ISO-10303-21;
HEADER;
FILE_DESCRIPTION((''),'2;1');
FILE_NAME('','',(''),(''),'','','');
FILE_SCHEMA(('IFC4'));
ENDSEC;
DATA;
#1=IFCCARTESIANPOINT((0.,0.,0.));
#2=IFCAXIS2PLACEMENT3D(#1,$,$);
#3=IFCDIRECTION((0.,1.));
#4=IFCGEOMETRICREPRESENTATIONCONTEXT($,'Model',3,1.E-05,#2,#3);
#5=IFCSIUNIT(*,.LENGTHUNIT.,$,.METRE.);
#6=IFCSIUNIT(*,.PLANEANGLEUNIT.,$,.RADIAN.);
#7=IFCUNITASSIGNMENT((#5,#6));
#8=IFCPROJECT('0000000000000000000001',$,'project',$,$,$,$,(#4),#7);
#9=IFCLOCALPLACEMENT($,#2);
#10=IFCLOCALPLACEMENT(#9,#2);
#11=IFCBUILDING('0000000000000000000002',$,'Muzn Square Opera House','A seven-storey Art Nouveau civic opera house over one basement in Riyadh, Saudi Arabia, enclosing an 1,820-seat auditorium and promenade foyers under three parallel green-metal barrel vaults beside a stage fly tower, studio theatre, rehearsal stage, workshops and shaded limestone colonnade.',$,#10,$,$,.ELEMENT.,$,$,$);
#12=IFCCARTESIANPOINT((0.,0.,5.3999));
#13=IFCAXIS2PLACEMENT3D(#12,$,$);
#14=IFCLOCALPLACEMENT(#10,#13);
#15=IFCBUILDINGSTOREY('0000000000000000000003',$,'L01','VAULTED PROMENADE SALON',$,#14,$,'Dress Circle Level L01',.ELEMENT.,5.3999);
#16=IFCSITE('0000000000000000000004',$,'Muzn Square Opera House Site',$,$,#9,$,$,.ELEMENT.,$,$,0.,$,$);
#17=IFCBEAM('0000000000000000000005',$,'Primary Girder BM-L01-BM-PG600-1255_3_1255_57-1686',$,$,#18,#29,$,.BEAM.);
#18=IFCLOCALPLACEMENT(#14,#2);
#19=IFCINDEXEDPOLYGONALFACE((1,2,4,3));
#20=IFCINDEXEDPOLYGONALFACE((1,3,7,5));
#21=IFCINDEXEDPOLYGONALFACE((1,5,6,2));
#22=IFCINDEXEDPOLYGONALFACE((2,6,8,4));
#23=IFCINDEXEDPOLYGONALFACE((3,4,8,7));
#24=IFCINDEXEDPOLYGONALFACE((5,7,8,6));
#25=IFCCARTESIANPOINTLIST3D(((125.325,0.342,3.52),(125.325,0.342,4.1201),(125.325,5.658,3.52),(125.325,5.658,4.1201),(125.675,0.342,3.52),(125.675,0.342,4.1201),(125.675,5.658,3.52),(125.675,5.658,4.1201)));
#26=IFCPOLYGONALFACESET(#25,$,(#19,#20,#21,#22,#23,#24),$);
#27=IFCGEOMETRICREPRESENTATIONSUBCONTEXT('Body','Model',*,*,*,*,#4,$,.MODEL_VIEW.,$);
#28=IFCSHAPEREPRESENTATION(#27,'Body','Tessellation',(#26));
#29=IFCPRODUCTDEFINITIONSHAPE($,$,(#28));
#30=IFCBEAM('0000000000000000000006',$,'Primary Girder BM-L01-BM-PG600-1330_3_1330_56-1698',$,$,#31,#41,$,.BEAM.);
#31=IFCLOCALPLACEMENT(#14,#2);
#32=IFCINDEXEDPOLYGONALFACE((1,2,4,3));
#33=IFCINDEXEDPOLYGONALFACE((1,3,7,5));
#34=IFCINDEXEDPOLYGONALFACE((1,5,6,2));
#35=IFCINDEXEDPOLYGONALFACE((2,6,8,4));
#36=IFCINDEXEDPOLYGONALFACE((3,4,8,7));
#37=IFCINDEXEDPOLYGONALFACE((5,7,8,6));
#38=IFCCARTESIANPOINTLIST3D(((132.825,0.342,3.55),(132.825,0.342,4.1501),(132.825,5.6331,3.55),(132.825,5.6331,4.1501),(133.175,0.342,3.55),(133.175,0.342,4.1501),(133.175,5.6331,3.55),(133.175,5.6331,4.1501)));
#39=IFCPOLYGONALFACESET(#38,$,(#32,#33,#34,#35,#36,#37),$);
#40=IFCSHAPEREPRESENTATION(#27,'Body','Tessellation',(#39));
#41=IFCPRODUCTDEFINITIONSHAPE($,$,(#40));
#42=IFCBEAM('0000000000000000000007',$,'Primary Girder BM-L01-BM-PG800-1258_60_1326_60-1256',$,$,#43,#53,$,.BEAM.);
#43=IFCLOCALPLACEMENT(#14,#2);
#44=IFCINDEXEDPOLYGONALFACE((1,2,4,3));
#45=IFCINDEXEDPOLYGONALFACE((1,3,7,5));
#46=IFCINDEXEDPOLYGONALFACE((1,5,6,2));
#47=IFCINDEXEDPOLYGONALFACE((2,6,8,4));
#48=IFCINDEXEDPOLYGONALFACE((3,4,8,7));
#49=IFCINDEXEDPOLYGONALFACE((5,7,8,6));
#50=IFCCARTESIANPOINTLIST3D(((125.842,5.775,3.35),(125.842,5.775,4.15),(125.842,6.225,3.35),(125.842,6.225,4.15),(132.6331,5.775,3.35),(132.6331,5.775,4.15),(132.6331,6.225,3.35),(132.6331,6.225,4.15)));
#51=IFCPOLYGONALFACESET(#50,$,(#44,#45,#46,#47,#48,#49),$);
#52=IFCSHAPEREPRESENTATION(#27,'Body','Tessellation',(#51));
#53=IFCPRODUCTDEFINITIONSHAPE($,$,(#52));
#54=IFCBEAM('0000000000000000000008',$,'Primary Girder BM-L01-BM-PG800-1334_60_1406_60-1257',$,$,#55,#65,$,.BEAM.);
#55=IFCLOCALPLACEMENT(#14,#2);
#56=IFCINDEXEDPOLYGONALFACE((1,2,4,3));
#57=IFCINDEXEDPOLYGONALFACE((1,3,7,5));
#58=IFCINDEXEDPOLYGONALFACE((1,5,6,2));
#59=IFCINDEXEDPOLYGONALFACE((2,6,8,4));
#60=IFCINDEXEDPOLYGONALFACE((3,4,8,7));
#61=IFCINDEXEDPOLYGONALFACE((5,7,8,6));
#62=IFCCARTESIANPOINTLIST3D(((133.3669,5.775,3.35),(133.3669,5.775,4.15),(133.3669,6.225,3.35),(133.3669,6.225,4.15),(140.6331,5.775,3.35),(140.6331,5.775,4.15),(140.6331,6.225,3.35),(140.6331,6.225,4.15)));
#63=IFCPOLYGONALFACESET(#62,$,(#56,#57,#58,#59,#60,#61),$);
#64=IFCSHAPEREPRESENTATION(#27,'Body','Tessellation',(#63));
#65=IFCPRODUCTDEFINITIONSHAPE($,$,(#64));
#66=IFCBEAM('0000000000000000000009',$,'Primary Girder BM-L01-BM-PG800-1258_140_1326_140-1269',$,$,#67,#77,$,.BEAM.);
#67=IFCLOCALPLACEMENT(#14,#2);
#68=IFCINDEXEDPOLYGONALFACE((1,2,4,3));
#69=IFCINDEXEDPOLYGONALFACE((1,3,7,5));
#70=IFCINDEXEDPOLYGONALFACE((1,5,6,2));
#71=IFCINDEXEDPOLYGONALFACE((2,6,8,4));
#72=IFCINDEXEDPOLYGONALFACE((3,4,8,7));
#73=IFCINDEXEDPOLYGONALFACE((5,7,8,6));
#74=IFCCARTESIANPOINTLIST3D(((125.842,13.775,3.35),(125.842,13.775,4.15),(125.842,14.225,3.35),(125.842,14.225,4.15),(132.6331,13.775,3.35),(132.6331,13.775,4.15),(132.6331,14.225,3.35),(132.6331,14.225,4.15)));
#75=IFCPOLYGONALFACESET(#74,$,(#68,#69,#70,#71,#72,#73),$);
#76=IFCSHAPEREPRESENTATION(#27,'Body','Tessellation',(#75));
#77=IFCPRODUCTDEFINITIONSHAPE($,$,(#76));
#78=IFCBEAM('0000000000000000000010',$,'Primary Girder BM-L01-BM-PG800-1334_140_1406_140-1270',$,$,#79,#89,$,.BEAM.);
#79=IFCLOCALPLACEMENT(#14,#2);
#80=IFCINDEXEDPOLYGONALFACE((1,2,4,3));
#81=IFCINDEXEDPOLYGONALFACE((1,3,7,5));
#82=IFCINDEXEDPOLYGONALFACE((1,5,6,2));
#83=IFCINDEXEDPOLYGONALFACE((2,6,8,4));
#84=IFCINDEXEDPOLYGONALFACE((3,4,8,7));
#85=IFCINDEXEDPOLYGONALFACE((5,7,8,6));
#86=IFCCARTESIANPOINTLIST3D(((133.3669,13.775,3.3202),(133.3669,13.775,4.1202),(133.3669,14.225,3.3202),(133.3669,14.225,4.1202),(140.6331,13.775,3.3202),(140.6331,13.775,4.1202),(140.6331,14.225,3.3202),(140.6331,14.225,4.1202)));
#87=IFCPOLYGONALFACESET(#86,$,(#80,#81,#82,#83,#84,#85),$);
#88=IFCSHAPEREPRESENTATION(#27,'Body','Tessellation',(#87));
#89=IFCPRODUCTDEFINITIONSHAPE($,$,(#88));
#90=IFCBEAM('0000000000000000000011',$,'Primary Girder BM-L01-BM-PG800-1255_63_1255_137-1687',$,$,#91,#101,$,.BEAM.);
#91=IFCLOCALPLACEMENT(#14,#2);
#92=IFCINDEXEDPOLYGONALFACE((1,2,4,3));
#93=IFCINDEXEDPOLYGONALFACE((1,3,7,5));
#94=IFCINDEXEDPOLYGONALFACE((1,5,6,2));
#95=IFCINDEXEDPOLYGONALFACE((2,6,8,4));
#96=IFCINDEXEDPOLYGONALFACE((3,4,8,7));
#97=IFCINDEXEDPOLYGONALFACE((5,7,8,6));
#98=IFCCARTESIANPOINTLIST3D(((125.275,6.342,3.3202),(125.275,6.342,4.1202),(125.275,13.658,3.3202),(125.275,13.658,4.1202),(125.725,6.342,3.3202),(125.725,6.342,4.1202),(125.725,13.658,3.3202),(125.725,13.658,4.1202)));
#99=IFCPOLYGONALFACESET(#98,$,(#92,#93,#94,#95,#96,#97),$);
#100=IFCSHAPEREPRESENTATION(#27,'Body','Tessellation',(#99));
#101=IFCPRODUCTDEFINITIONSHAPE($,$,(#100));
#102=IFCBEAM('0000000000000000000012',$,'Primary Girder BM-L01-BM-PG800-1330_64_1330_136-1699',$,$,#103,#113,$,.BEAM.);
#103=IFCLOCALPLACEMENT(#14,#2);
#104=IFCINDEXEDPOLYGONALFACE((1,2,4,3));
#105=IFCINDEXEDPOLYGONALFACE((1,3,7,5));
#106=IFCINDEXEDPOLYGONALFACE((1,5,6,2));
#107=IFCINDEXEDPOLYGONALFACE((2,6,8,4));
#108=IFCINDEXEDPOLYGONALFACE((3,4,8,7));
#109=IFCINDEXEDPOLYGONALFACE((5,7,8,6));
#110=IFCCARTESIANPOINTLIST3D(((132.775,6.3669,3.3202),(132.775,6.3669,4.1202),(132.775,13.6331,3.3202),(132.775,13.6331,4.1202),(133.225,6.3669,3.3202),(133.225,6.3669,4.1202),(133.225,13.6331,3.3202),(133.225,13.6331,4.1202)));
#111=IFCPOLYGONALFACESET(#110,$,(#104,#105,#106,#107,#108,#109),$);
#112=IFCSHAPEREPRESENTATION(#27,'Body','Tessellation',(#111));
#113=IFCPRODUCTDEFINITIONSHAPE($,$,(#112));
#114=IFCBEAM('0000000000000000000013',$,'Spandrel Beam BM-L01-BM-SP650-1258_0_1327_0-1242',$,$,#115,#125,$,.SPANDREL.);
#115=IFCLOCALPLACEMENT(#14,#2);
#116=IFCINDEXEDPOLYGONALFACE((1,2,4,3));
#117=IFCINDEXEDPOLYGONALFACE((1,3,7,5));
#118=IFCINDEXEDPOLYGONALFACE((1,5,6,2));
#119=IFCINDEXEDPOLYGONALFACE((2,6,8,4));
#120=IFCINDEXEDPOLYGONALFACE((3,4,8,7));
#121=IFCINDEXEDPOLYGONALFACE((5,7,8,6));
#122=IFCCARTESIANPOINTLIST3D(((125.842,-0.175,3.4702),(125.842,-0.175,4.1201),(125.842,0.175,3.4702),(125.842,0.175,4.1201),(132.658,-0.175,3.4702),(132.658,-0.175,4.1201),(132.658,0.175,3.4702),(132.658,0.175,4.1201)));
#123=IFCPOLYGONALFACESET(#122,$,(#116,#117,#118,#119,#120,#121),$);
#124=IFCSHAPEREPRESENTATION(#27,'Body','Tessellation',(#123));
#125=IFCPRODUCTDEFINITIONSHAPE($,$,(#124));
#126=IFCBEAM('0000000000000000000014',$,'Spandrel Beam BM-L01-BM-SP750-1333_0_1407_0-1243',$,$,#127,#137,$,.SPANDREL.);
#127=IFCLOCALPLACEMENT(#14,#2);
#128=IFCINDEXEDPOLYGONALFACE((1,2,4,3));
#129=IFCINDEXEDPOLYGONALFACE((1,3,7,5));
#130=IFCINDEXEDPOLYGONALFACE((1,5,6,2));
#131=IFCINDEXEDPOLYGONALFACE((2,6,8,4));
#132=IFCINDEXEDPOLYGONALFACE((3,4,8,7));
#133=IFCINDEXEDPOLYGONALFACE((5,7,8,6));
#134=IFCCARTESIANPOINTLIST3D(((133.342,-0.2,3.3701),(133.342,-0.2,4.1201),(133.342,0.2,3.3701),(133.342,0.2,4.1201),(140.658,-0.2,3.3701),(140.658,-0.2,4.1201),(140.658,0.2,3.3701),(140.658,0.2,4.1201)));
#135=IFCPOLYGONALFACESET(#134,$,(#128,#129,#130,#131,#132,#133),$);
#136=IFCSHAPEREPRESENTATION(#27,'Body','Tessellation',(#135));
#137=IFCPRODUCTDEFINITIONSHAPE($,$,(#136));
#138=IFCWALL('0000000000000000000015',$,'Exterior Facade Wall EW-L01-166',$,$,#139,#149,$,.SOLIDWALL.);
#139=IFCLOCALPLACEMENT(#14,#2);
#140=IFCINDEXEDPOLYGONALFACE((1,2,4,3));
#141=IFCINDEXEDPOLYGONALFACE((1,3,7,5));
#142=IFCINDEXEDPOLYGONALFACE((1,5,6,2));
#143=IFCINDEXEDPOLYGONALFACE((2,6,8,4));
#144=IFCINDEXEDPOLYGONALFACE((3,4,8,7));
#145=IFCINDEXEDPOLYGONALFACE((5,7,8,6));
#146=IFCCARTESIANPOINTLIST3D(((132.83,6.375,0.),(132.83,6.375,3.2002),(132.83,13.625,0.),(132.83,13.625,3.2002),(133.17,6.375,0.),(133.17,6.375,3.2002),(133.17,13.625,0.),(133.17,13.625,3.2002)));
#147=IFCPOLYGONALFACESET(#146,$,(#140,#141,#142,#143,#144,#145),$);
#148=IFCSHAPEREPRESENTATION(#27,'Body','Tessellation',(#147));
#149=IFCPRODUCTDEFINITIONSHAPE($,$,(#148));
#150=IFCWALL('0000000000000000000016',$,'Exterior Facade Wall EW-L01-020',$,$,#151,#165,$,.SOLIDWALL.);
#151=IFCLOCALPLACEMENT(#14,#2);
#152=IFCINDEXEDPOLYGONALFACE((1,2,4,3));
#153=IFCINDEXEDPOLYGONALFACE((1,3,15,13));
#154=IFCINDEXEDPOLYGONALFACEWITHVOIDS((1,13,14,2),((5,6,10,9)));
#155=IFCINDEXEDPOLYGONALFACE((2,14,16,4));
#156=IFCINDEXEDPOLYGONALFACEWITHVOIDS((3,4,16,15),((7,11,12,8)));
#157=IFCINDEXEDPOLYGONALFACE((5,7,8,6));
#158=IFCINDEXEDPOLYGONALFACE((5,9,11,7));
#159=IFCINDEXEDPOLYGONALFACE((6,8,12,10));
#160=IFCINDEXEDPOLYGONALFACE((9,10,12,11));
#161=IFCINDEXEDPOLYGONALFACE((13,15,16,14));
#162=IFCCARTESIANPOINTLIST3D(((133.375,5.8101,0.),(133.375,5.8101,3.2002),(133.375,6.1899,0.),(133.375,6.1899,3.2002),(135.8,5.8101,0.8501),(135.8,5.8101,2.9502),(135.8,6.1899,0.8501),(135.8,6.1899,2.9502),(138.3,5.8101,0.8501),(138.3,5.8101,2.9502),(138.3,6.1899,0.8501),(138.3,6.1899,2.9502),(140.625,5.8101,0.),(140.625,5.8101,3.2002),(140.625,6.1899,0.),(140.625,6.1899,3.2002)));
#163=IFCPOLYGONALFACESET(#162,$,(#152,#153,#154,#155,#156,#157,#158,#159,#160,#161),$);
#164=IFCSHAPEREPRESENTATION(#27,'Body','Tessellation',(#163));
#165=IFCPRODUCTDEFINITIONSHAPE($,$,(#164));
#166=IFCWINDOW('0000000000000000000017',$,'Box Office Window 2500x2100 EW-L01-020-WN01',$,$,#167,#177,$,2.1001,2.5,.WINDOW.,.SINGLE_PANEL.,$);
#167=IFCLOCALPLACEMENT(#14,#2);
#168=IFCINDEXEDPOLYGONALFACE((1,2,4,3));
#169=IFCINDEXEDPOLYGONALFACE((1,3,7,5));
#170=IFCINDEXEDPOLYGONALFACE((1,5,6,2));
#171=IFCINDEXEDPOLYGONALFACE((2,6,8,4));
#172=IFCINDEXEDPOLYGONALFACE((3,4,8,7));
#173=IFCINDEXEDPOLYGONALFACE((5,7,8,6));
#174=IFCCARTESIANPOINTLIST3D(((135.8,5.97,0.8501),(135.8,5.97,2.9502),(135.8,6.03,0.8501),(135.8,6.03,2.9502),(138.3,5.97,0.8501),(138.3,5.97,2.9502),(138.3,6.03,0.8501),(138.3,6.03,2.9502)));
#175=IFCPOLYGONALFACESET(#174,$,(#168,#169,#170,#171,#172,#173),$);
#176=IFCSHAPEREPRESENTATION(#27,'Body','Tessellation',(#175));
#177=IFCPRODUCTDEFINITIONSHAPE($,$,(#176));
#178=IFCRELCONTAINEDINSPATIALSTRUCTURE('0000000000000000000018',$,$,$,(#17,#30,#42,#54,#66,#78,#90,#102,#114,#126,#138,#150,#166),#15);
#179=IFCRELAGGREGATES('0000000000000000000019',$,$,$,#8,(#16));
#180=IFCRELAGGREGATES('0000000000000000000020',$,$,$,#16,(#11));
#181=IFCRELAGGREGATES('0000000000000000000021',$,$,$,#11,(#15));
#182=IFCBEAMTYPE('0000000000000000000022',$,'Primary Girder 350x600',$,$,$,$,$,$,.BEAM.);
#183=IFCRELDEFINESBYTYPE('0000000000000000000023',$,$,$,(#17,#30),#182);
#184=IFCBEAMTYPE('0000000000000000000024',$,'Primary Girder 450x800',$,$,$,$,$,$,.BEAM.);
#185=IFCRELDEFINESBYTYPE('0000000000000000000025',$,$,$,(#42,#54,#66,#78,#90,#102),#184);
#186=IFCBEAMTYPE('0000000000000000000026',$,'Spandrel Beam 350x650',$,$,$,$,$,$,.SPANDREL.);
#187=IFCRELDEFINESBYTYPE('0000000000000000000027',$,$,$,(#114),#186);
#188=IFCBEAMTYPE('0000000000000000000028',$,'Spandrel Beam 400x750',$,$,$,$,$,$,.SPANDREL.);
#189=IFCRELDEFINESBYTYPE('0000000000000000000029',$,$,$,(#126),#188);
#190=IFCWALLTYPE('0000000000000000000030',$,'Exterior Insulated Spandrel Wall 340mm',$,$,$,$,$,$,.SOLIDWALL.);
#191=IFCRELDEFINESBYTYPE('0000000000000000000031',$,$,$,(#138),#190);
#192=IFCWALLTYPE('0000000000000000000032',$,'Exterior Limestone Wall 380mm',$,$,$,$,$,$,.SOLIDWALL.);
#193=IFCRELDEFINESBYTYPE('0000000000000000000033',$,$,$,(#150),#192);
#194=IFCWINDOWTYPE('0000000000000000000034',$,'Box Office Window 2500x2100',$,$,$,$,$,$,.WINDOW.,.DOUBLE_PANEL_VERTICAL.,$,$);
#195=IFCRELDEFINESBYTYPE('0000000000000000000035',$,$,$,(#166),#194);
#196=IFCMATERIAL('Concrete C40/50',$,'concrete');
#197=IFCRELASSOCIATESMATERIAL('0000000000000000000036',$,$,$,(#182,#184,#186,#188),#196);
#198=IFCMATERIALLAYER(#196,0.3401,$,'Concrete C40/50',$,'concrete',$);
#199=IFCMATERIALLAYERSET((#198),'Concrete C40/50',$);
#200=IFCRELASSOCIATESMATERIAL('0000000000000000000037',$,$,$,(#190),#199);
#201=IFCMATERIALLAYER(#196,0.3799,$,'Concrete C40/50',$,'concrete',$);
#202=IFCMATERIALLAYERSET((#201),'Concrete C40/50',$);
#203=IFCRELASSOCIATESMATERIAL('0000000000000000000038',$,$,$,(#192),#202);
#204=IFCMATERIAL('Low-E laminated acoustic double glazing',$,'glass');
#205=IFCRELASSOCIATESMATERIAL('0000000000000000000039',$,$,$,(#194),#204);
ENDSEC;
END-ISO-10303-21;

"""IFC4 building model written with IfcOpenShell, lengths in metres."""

from ifc_helpers import new_model, si_unit, direction, frame, frame_2d, origin, origin_2d, place, context, subcontext, project, spatial, rectangle, extrude, material, layer, layer_set, material_profile, profile_set, type_object, element, fill, save


model = new_model("IFC4")

# Units and contexts
model_context = context("Model", 3, precision=1e-05, world=origin(), true_north=direction((0.0, 1.0)))
body_context = subcontext(model_context, "Body", "Model", "MODEL_VIEW")
ifc_project = project(units=[si_unit("LENGTHUNIT", "METRE"), si_unit("PLANEANGLEUNIT", "RADIAN")], contexts=[model_context])

# Site, building, storey
site_placement = place(None, origin())
site = spatial("IfcSite", under=ifc_project, at=site_placement, Name="Muzn Square Opera House Site", CompositionType="ELEMENT", RefElevation=0.0)
building_placement = place(site_placement, origin())
building = spatial("IfcBuilding", under=site, at=building_placement, Name="Muzn Square Opera House", Description="A seven-storey Art Nouveau civic opera house over one basement in Riyadh, Saudi Arabia, enclosing an 1,820-seat auditorium and promenade foyers under three parallel green-metal barrel vaults beside a stage fly tower, studio theatre, rehearsal stage, workshops and shaded limestone colonnade.", CompositionType="ELEMENT")
storey_placement = place(building_placement, frame((0.0, 0.0, 5.3999)))
storey = spatial("IfcBuildingStorey", under=building, at=storey_placement, Name="L01", Description="VAULTED PROMENADE SALON", LongName="Dress Circle Level L01", CompositionType="ELEMENT", Elevation=5.3999)

# Beams
ifc_material_1 = material(Name="Concrete C40/50", Category="concrete")
ifc_material_profile_1 = material_profile(ifc_material_1, rectangle(XDim=0.3501, YDim=0.6001, at=origin_2d()), Name="RCB 350x600", Category="concrete")
ifc_profile_set_1 = profile_set([ifc_material_profile_1], Name="Concrete C40/50")
beam_type_1 = type_object("IfcBeamType", Name="Primary Girder 350x600", PredefinedType="BEAM", material=ifc_profile_set_1)
beam_1_placement = place(storey_placement, frame((125.5, 0.342, 3.8201), z_axis=(0.0, 1.0, 0.0), x_axis=(-1.0, 0.0, 0.0)))
element("IfcBeam", 1, at=beam_1_placement, inside=storey, type_object=beam_type_1, Name="Primary Girder BM-L01-BM-PG600-1255_3_1255_57-1686", PredefinedType="BEAM", context=body_context, shape_type="SweptSolid", body=[
    extrude(rectangle(XDim=0.3501, YDim=0.6001, at=origin_2d()), origin(), (0.0, 0.0, 1.0), 5.3159),
])
beam_2_placement = place(storey_placement, frame((133.0, 0.342, 3.8501), z_axis=(0.0, 1.0, 0.0), x_axis=(-1.0, 0.0, 0.0)))
element("IfcBeam", 2, at=beam_2_placement, inside=storey, type_object=beam_type_1, Name="Primary Girder BM-L01-BM-PG600-1330_3_1330_56-1698", PredefinedType="BEAM", context=body_context, shape_type="SweptSolid", body=[
    extrude(rectangle(XDim=0.3501, YDim=0.6001, at=origin_2d()), origin(), (0.0, 0.0, 1.0), 5.291),
])
ifc_material_profile_2 = material_profile(ifc_material_1, rectangle(XDim=0.45, YDim=0.8, at=origin_2d()), Name="RCB 450x800", Category="concrete")
ifc_profile_set_2 = profile_set([ifc_material_profile_2], Name="Concrete C40/50")
beam_type_2 = type_object("IfcBeamType", Name="Primary Girder 450x800", PredefinedType="BEAM", material=ifc_profile_set_2)
beam_3_placement = place(storey_placement, frame((125.842, 6.0, 3.75), z_axis=(1.0, 0.0, 0.0), x_axis=(0.0, 1.0, 0.0)))
element("IfcBeam", 3, at=beam_3_placement, inside=storey, type_object=beam_type_2, Name="Primary Girder BM-L01-BM-PG800-1258_60_1326_60-1256", PredefinedType="BEAM", context=body_context, shape_type="SweptSolid", body=[
    extrude(rectangle(XDim=0.45, YDim=0.8, at=origin_2d()), origin(), (0.0, 0.0, 1.0), 6.791),
])
beam_4_placement = place(storey_placement, frame((133.3669, 6.0, 3.75), z_axis=(1.0, 0.0, 0.0), x_axis=(0.0, 1.0, 0.0)))
element("IfcBeam", 4, at=beam_4_placement, inside=storey, type_object=beam_type_2, Name="Primary Girder BM-L01-BM-PG800-1334_60_1406_60-1257", PredefinedType="BEAM", context=body_context, shape_type="SweptSolid", body=[
    extrude(rectangle(XDim=0.45, YDim=0.8, at=origin_2d()), origin(), (0.0, 0.0, 1.0), 7.2661),
])
beam_5_placement = place(storey_placement, frame((125.842, 14.0, 3.75), z_axis=(1.0, 0.0, 0.0), x_axis=(0.0, 1.0, 0.0)))
element("IfcBeam", 5, at=beam_5_placement, inside=storey, type_object=beam_type_2, Name="Primary Girder BM-L01-BM-PG800-1258_140_1326_140-1269", PredefinedType="BEAM", context=body_context, shape_type="SweptSolid", body=[
    extrude(rectangle(XDim=0.45, YDim=0.8, at=origin_2d()), origin(), (0.0, 0.0, 1.0), 6.791),
])
beam_6_placement = place(storey_placement, frame((133.3669, 14.0, 3.7202), z_axis=(1.0, 0.0, 0.0), x_axis=(0.0, 1.0, 0.0)))
element("IfcBeam", 6, at=beam_6_placement, inside=storey, type_object=beam_type_2, Name="Primary Girder BM-L01-BM-PG800-1334_140_1406_140-1270", PredefinedType="BEAM", context=body_context, shape_type="SweptSolid", body=[
    extrude(rectangle(XDim=0.45, YDim=0.8, at=origin_2d()), origin(), (0.0, 0.0, 1.0), 7.2661),
])
beam_7_placement = place(storey_placement, frame((125.5, 6.342, 3.7202), z_axis=(0.0, 1.0, 0.0), x_axis=(-1.0, 0.0, 0.0)))
element("IfcBeam", 7, at=beam_7_placement, inside=storey, type_object=beam_type_2, Name="Primary Girder BM-L01-BM-PG800-1255_63_1255_137-1687", PredefinedType="BEAM", context=body_context, shape_type="SweptSolid", body=[
    extrude(rectangle(XDim=0.45, YDim=0.8, at=origin_2d()), origin(), (0.0, 0.0, 1.0), 7.3159),
])
beam_8_placement = place(storey_placement, frame((133.0, 6.3669, 3.7202), z_axis=(0.0, 1.0, 0.0), x_axis=(-1.0, 0.0, 0.0)))
element("IfcBeam", 8, at=beam_8_placement, inside=storey, type_object=beam_type_2, Name="Primary Girder BM-L01-BM-PG800-1330_64_1330_136-1699", PredefinedType="BEAM", context=body_context, shape_type="SweptSolid", body=[
    extrude(rectangle(XDim=0.45, YDim=0.8, at=origin_2d()), origin(), (0.0, 0.0, 1.0), 7.2661),
])
ifc_material_profile_3 = material_profile(ifc_material_1, rectangle(XDim=0.3501, YDim=0.6499, at=origin_2d()), Name="RCS 350x650", Category="concrete")
ifc_profile_set_3 = profile_set([ifc_material_profile_3], Name="Concrete C40/50")
beam_type_3 = type_object("IfcBeamType", Name="Spandrel Beam 350x650", PredefinedType="SPANDREL", material=ifc_profile_set_3)
beam_9_placement = place(storey_placement, frame((125.842, 0.0, 3.7952), z_axis=(1.0, 0.0, 0.0), x_axis=(0.0, 1.0, 0.0)))
element("IfcBeam", 9, at=beam_9_placement, inside=storey, type_object=beam_type_3, Name="Spandrel Beam BM-L01-BM-SP650-1258_0_1327_0-1242", PredefinedType="SPANDREL", context=body_context, shape_type="SweptSolid", body=[
    extrude(rectangle(XDim=0.3501, YDim=0.6499, at=origin_2d()), origin(), (0.0, 0.0, 1.0), 6.8159),
])
ifc_material_profile_4 = material_profile(ifc_material_1, rectangle(XDim=0.3999, YDim=0.75, at=origin_2d()), Name="RCS 400x750", Category="concrete")
ifc_profile_set_4 = profile_set([ifc_material_profile_4], Name="Concrete C40/50")
beam_type_4 = type_object("IfcBeamType", Name="Spandrel Beam 400x750", PredefinedType="SPANDREL", material=ifc_profile_set_4)
beam_10_placement = place(storey_placement, frame((133.342, 0.0, 3.7451), z_axis=(1.0, 0.0, 0.0), x_axis=(0.0, 1.0, 0.0)))
element("IfcBeam", 10, at=beam_10_placement, inside=storey, type_object=beam_type_4, Name="Spandrel Beam BM-L01-BM-SP750-1333_0_1407_0-1243", PredefinedType="SPANDREL", context=body_context, shape_type="SweptSolid", body=[
    extrude(rectangle(XDim=0.3999, YDim=0.75, at=origin_2d()), origin(), (0.0, 0.0, 1.0), 7.3159),
])

# Wall
ifc_layer_1 = layer(ifc_material_1, 0.3401, Name="Concrete C40/50", Category="concrete")
ifc_layer_set_1 = layer_set([ifc_layer_1], Name="Concrete C40/50")
wall_type_1 = type_object("IfcWallType", Name="Exterior Insulated Spandrel Wall 340mm", PredefinedType="SOLIDWALL", material=ifc_layer_set_1)
wall_1_placement = place(storey_placement, frame((133.0, 6.375, 0.0), z_axis=(0.0, 0.0, 1.0), x_axis=(0.0, 1.0, 0.0)))
element("IfcWall", 11, at=wall_1_placement, inside=storey, type_object=wall_type_1, Name="Exterior Facade Wall EW-L01-166", PredefinedType="SOLIDWALL", context=body_context, shape_type="SweptSolid", body=[
    extrude(rectangle(XDim=7.25, YDim=0.3401, at=frame_2d((3.625, 0.0))), origin(), (0.0, 0.0, 1.0), 3.2002),
])

# Wall, opening, window
ifc_layer_2 = layer(ifc_material_1, 0.3799, Name="Concrete C40/50", Category="concrete")
ifc_layer_set_2 = layer_set([ifc_layer_2], Name="Concrete C40/50")
wall_type_2 = type_object("IfcWallType", Name="Exterior Limestone Wall 380mm", PredefinedType="SOLIDWALL", material=ifc_layer_set_2)
wall_2_placement = place(storey_placement, frame((133.375, 6.0, 0.0), z_axis=(0.0, 0.0, 1.0), x_axis=(1.0, 0.0, 0.0)))
wall_2 = element("IfcWall", 12, at=wall_2_placement, inside=storey, type_object=wall_type_2, Name="Exterior Facade Wall EW-L01-020", PredefinedType="SOLIDWALL", context=body_context, shape_type="SweptSolid", body=[
    extrude(rectangle(XDim=7.25, YDim=0.3799, at=frame_2d((3.625, 0.0))), origin(), (0.0, 0.0, 1.0), 3.2002),
])
opening_placement = place(wall_2_placement, frame((2.425, 0.0, 0.8501)))
opening = element("IfcOpeningElement", 13, at=opening_placement, cuts=wall_2, PredefinedType="OPENING", context=body_context, shape_type="SweptSolid", body=[
    extrude(rectangle(XDim=2.5, YDim=2.1001, at=frame_2d((1.25, 1.05))), frame((0.0, 0.2, 0.0), z_axis=(0.0, -1.0, 0.0), x_axis=(1.0, 0.0, 0.0)), (0.0, 0.0, 1.0), 0.3999),
])
ifc_material_2 = material(Name="Low-E laminated acoustic double glazing", Category="glass")
window_type = type_object("IfcWindowType", Name="Box Office Window 2500x2100", PartitioningType="DOUBLE_PANEL_VERTICAL", PredefinedType="WINDOW", material=ifc_material_2)
window_placement = place(opening_placement, origin())
window = element("IfcWindow", 14, at=window_placement, inside=storey, type_object=window_type, Name="Box Office Window 2500x2100 EW-L01-020-WN01", OverallHeight=2.1001, OverallWidth=2.5, PartitioningType="SINGLE_PANEL", PredefinedType="WINDOW", context=body_context, shape_type="SweptSolid", body=[
    extrude(rectangle(XDim=2.5, YDim=2.1001, at=frame_2d((1.25, 1.05))), frame((0.0, 0.03, 0.0), z_axis=(0.0, -1.0, 0.0), x_axis=(1.0, 0.0, 0.0)), (0.0, 0.0, 1.0), 0.0601),
])
fill(opening, window)

save(model, "model.ifc")
